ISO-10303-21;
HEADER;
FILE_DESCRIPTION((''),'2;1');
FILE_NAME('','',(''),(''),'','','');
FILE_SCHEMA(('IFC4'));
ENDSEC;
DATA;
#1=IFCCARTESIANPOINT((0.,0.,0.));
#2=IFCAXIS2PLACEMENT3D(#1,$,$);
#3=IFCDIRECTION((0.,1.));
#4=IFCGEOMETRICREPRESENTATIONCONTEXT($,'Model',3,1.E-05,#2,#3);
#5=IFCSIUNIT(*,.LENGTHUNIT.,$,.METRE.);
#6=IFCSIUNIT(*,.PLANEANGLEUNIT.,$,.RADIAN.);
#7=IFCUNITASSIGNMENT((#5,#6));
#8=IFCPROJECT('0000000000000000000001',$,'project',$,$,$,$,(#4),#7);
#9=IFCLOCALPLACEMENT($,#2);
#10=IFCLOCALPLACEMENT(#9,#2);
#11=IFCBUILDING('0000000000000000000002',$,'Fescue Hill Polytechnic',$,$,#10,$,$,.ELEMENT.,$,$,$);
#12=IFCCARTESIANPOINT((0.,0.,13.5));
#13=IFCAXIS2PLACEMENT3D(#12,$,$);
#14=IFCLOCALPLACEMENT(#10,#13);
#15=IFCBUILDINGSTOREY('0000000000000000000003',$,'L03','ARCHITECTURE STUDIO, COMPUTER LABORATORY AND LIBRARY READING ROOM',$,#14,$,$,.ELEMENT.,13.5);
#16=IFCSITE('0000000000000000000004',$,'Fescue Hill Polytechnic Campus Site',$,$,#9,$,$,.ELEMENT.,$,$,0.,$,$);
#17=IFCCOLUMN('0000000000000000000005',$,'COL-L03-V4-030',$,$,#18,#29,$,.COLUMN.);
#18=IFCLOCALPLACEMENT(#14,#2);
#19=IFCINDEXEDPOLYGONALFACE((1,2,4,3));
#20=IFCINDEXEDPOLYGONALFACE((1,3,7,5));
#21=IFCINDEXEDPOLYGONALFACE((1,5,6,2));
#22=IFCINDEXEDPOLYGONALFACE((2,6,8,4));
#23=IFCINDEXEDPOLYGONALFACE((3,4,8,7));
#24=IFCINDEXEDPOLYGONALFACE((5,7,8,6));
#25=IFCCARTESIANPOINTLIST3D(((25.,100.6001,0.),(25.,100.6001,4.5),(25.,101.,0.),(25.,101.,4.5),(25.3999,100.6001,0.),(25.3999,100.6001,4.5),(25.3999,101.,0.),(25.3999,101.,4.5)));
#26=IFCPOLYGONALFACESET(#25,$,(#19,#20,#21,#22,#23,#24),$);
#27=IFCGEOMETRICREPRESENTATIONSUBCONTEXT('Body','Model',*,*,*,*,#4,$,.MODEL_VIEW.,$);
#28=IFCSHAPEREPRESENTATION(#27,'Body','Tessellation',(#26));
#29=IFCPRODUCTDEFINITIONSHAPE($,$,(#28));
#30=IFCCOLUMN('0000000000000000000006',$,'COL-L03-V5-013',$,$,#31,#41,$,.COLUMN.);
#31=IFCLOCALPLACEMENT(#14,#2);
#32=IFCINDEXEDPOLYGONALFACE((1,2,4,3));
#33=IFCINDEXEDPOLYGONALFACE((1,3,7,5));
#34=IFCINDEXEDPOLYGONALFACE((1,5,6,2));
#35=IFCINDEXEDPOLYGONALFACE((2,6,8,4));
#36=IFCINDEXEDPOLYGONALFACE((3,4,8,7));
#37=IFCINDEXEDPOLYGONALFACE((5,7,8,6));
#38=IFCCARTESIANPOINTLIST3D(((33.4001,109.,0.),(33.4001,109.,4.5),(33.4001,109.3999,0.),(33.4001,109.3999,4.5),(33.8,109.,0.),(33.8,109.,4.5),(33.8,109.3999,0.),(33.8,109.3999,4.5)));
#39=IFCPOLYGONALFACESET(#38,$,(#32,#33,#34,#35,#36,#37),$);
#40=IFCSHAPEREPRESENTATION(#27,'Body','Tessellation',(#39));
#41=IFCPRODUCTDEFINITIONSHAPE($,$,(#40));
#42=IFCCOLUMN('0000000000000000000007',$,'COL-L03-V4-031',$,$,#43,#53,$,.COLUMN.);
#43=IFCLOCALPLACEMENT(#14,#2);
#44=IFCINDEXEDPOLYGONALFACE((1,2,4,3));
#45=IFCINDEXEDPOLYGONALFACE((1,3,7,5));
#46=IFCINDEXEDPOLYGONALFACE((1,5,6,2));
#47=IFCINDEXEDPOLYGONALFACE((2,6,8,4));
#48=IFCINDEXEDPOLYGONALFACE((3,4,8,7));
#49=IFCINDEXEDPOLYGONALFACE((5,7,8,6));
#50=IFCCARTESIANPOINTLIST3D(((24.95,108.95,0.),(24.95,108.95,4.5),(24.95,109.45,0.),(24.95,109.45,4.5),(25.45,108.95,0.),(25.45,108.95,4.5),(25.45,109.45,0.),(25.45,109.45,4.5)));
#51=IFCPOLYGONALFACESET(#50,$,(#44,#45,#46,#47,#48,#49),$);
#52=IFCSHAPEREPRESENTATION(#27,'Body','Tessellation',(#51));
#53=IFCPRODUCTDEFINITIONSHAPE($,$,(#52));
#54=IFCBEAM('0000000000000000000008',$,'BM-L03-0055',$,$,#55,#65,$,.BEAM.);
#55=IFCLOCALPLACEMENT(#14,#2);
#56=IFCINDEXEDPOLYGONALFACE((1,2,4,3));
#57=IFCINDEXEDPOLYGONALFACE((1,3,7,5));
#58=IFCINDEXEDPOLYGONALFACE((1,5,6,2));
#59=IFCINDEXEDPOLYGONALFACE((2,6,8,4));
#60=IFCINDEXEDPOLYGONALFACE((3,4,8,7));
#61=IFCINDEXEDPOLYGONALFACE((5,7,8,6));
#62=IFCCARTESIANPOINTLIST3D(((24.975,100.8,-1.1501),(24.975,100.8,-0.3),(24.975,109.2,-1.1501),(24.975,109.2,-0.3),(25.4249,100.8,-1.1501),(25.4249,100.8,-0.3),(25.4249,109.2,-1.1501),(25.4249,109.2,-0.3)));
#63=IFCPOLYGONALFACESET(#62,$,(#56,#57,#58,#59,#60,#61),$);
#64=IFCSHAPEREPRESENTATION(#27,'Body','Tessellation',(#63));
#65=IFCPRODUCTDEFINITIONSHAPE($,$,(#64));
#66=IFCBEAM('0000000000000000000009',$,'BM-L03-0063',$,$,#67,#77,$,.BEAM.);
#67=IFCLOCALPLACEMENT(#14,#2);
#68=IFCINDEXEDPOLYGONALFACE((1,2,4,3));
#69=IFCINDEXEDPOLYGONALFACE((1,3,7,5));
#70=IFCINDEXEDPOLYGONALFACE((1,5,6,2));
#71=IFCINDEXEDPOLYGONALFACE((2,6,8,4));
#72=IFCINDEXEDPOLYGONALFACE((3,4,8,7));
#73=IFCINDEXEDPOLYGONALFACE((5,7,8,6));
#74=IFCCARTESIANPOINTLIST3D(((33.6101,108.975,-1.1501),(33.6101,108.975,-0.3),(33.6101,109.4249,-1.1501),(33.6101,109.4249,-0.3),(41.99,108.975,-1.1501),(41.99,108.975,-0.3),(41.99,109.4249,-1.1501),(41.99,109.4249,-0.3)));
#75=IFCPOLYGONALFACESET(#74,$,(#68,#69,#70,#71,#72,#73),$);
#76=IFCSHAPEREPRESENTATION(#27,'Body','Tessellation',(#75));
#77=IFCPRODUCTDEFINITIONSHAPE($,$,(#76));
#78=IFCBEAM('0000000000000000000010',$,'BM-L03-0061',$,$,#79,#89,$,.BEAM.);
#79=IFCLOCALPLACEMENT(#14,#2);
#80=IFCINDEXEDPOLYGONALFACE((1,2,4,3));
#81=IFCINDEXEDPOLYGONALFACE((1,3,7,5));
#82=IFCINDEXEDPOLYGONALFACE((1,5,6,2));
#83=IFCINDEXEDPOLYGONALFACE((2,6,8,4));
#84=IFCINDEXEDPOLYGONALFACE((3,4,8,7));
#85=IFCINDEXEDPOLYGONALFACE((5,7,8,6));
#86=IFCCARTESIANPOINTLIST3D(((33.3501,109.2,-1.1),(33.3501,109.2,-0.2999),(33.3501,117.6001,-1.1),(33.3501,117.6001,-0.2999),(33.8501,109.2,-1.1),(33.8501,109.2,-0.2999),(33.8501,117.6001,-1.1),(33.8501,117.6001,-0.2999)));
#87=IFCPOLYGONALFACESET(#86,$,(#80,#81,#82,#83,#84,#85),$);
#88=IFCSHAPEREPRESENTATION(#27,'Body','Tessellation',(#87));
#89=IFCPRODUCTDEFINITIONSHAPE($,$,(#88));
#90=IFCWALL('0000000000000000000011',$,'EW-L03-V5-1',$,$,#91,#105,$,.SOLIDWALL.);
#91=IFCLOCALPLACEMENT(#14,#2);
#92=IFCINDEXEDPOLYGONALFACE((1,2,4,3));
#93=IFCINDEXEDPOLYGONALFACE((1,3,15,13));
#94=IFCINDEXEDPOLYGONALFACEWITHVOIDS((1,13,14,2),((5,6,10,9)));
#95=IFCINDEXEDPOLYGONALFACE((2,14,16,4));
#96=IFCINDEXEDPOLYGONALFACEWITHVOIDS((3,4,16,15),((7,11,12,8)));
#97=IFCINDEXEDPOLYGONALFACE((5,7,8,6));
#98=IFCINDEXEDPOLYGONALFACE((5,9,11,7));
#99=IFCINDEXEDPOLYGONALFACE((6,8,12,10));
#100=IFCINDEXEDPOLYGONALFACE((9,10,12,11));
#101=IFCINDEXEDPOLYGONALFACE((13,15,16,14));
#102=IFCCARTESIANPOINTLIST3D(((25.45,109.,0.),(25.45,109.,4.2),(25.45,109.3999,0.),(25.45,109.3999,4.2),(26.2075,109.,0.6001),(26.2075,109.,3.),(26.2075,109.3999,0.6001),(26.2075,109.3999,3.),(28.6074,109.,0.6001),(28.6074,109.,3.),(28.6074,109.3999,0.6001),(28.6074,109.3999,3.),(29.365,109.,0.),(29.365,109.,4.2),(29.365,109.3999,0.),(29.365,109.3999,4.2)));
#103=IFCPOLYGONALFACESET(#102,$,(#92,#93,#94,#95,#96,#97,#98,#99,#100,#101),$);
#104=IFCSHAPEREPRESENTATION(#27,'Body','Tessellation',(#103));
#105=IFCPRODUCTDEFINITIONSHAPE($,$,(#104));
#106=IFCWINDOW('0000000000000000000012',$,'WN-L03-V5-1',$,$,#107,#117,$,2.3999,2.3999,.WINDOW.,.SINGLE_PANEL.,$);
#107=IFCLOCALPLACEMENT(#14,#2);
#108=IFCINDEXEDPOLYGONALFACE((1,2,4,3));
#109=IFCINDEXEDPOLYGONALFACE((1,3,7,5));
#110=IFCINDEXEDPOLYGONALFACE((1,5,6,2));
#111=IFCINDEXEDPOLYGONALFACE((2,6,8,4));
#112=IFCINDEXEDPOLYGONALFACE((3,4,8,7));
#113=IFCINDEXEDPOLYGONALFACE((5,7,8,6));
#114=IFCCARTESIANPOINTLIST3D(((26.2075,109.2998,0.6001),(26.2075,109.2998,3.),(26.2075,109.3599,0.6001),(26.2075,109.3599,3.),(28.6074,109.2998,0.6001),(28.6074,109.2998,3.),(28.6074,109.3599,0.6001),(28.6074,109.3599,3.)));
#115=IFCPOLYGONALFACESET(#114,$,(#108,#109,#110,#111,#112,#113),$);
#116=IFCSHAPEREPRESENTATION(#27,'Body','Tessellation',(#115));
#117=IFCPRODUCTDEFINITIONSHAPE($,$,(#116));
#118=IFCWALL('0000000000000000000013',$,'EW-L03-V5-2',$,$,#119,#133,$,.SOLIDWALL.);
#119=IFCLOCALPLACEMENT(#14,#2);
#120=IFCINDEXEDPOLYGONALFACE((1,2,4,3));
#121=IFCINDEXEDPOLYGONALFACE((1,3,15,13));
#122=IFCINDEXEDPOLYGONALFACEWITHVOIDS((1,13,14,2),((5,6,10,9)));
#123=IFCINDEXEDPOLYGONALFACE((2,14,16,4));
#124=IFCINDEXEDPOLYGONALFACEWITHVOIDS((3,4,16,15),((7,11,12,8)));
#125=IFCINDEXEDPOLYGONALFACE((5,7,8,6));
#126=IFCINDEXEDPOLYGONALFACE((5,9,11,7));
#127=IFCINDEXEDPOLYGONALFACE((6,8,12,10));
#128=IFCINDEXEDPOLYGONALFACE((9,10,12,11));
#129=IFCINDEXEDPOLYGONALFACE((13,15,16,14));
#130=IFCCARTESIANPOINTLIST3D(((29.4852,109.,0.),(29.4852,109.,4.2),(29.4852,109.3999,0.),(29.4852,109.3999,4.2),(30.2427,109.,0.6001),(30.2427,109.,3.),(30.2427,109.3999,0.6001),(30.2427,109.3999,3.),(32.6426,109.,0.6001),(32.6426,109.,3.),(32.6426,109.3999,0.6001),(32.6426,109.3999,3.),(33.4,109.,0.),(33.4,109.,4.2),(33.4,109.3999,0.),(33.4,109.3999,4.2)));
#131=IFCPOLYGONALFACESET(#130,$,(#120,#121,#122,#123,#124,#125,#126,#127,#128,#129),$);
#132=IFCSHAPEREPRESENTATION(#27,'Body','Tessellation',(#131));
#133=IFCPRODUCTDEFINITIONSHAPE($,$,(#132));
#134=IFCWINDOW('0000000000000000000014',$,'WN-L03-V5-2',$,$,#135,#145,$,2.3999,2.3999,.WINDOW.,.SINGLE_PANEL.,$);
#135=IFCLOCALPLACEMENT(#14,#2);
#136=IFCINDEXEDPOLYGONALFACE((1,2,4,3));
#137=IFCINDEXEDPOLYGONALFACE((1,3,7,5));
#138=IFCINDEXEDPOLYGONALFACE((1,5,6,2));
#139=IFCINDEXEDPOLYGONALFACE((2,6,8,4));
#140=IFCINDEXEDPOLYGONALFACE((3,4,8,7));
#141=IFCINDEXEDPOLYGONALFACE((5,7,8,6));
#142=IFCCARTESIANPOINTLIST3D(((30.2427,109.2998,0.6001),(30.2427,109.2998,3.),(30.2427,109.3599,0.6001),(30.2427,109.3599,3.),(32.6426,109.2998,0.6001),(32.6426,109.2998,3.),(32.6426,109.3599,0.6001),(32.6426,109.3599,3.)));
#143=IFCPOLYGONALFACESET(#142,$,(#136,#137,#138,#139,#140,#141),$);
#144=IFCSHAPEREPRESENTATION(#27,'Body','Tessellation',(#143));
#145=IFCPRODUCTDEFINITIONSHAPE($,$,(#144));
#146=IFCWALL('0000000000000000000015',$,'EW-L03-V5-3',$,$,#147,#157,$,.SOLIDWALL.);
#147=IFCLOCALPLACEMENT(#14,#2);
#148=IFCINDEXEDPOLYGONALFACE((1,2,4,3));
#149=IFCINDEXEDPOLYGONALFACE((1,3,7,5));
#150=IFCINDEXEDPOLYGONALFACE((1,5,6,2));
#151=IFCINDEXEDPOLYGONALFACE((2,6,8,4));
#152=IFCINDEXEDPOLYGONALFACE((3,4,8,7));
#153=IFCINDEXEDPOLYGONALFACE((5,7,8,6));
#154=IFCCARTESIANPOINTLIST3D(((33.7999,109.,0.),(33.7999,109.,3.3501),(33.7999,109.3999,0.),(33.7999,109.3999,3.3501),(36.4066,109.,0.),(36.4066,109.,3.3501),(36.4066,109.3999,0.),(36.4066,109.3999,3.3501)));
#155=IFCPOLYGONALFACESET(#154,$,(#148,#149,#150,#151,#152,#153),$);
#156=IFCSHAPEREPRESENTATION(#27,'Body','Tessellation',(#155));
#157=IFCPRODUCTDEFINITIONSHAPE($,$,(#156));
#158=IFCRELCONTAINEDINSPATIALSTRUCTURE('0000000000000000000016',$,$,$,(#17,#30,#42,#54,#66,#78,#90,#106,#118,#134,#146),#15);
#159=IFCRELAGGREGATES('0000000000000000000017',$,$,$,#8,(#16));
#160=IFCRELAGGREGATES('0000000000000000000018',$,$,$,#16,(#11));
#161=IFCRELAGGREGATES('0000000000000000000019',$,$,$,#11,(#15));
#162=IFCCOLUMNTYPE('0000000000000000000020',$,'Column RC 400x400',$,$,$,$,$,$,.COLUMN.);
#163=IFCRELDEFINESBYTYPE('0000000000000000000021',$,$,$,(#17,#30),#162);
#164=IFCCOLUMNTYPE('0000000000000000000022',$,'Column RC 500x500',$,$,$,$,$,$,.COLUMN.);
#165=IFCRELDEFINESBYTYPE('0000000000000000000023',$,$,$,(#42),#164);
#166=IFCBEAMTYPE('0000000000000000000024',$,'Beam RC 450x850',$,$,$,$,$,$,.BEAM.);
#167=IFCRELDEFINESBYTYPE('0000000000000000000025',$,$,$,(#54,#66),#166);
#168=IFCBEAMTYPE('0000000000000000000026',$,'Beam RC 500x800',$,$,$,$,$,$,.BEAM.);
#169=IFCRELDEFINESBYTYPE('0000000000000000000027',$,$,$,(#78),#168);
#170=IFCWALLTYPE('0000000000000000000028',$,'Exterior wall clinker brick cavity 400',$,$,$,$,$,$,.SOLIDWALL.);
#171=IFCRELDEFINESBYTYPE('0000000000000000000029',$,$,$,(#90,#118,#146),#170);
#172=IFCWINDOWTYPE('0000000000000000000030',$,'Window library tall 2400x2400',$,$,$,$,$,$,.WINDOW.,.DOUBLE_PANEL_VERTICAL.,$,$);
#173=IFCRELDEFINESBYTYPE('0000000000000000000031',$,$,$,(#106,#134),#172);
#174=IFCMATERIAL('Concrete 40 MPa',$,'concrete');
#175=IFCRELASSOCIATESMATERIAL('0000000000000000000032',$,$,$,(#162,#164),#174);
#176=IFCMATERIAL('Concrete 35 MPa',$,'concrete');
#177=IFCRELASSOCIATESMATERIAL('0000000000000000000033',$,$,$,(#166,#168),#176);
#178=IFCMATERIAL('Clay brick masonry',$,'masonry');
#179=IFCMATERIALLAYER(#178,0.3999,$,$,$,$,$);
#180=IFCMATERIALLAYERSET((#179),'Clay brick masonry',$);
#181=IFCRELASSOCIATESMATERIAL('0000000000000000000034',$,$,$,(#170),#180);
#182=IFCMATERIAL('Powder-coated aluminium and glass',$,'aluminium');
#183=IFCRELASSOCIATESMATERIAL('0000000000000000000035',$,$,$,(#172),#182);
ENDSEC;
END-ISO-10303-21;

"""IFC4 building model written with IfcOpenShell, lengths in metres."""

from ifc_helpers import new_model, si_unit, direction, frame, frame_2d, origin, origin_2d, place, context, subcontext, project, spatial, rectangle, extrude, material, layer, layer_set, material_profile, profile_set, type_object, element, fill, save


model = new_model("IFC4")

# Units and contexts
model_context = context("Model", 3, precision=1e-05, world=origin(), true_north=direction((0.0, 1.0)))
body_context = subcontext(model_context, "Body", "Model", "MODEL_VIEW")
ifc_project = project(units=[si_unit("LENGTHUNIT", "METRE"), si_unit("PLANEANGLEUNIT", "RADIAN")], contexts=[model_context])

# Site, building, storey
site_placement = place(None, origin())
site = spatial("IfcSite", under=ifc_project, at=site_placement, Name="Fescue Hill Polytechnic Campus Site", CompositionType="ELEMENT", RefElevation=0.0)
building_placement = place(site_placement, origin())
building = spatial("IfcBuilding", under=site, at=building_placement, Name="Fescue Hill Polytechnic", CompositionType="ELEMENT")
storey_placement = place(building_placement, frame((0.0, 0.0, 13.5)))
storey = spatial("IfcBuildingStorey", under=building, at=storey_placement, Name="L03", Description="ARCHITECTURE STUDIO, COMPUTER LABORATORY AND LIBRARY READING ROOM", CompositionType="ELEMENT", Elevation=13.5)

# Columns
ifc_material_1 = material(Name="Concrete 40 MPa", Category="concrete")
ifc_material_profile_1 = material_profile(ifc_material_1, rectangle(XDim=0.3999, YDim=0.3999, at=origin_2d()), Name="RC 400x400")
ifc_profile_set_1 = profile_set([ifc_material_profile_1], Name="Concrete 40 MPa")
column_type_1 = type_object("IfcColumnType", Name="Column RC 400x400", PredefinedType="COLUMN", material=ifc_profile_set_1)
for number, where, z_axis, x_axis, name in (
    (1, (25.2, 100.8, 0.0), (0.0, 0.0, 1.0), (1.0, 0.0, 0.0), "COL-L03-V4-030"),
    (2, (33.6001, 109.2, 0.0), (0.0, 0.0, 1.0), (1.0, 0.0, 0.0), "COL-L03-V5-013"),
):
    element("IfcColumn", number, at=place(storey_placement, frame(where, z_axis=z_axis, x_axis=x_axis)), inside=storey, type_object=column_type_1, Name=name, PredefinedType="COLUMN", context=body_context, shape_type="SweptSolid", body=[
        extrude(rectangle(XDim=0.3999, YDim=0.3999, at=origin_2d()), origin(), (0.0, 0.0, 1.0), 4.5),
    ])
ifc_material_profile_2 = material_profile(ifc_material_1, rectangle(XDim=0.5, YDim=0.5, at=origin_2d()), Name="RC 500x500")
ifc_profile_set_2 = profile_set([ifc_material_profile_2], Name="Concrete 40 MPa")
column_type_2 = type_object("IfcColumnType", Name="Column RC 500x500", PredefinedType="COLUMN", material=ifc_profile_set_2)
column_placement = place(storey_placement, frame((25.2, 109.2, 0.0), z_axis=(0.0, 0.0, 1.0), x_axis=(1.0, 0.0, 0.0)))
element("IfcColumn", 3, at=column_placement, inside=storey, type_object=column_type_2, Name="COL-L03-V4-031", PredefinedType="COLUMN", context=body_context, shape_type="SweptSolid", body=[
    extrude(rectangle(XDim=0.5, YDim=0.5, at=origin_2d()), origin(), (0.0, 0.0, 1.0), 4.5),
])

# Beams
ifc_material_2 = material(Name="Concrete 35 MPa", Category="concrete")
ifc_material_profile_3 = material_profile(ifc_material_2, rectangle(XDim=0.45, YDim=0.8501, at=origin_2d()), Name="RC 450x850")
ifc_profile_set_3 = profile_set([ifc_material_profile_3], Name="Concrete 35 MPa")
beam_type_1 = type_object("IfcBeamType", Name="Beam RC 450x850", PredefinedType="BEAM", material=ifc_profile_set_3)
beam_1_placement = place(storey_placement, frame((25.2, 100.8, -0.7251), z_axis=(0.0, 1.0, 0.0), x_axis=(-1.0, 0.0, 0.0)))
element("IfcBeam", 4, at=beam_1_placement, inside=storey, type_object=beam_type_1, Name="BM-L03-0055", PredefinedType="BEAM", context=body_context, shape_type="SweptSolid", body=[
    extrude(rectangle(XDim=0.45, YDim=0.8501, at=origin_2d()), origin(), (0.0, 0.0, 1.0), 8.3999),
])
beam_2_placement = place(storey_placement, frame((33.6101, 109.2, -0.7251), z_axis=(1.0, 0.0, 0.0), x_axis=(0.0, 1.0, 0.0)))
element("IfcBeam", 5, at=beam_2_placement, inside=storey, type_object=beam_type_1, Name="BM-L03-0063", PredefinedType="BEAM", context=body_context, shape_type="SweptSolid", body=[
    extrude(rectangle(XDim=0.45, YDim=0.8501, at=origin_2d()), origin(), (0.0, 0.0, 1.0), 8.3799),
])
ifc_material_profile_4 = material_profile(ifc_material_2, rectangle(XDim=0.5, YDim=0.8, at=origin_2d()), Name="RC 500x800")
ifc_profile_set_4 = profile_set([ifc_material_profile_4], Name="Concrete 35 MPa")
beam_type_2 = type_object("IfcBeamType", Name="Beam RC 500x800", PredefinedType="BEAM", material=ifc_profile_set_4)
beam_3_placement = place(storey_placement, frame((33.6001, 109.2, -0.7), z_axis=(0.0, 1.0, 0.0), x_axis=(-1.0, 0.0, 0.0)))
element("IfcBeam", 6, at=beam_3_placement, inside=storey, type_object=beam_type_2, Name="BM-L03-0061", PredefinedType="BEAM", context=body_context, shape_type="SweptSolid", body=[
    extrude(rectangle(XDim=0.5, YDim=0.8, at=origin_2d()), origin(), (0.0, 0.0, 1.0), 8.4001),
])

# Walls, openings, windows
ifc_material_3 = material(Name="Clay brick masonry", Category="masonry")
ifc_layer_1 = layer(ifc_material_3, 0.3999)
ifc_layer_set_1 = layer_set([ifc_layer_1], Name="Clay brick masonry")
wall_type_1 = type_object("IfcWallType", Name="Exterior wall clinker brick cavity 400", PredefinedType="SOLIDWALL", material=ifc_layer_set_1)
wall_1_placement = place(storey_placement, frame((25.45, 109.2, 0.0), z_axis=(0.0, 0.0, 1.0), x_axis=(1.0, 0.0, 0.0)))
wall_1 = element("IfcWall", 7, at=wall_1_placement, inside=storey, type_object=wall_type_1, Name="EW-L03-V5-1", PredefinedType="SOLIDWALL", context=body_context, shape_type="SweptSolid", body=[
    extrude(rectangle(XDim=3.915, YDim=0.3999, at=frame_2d((1.9575, 0.0))), origin(), (0.0, 0.0, 1.0), 4.2),
])
opening_1_placement = place(wall_1_placement, frame((0.7576, 0.0, 0.6001)))
opening_1 = element("IfcOpeningElement", 8, at=opening_1_placement, cuts=wall_1, PredefinedType="OPENING", context=body_context, shape_type="SweptSolid", body=[
    extrude(rectangle(XDim=2.3999, YDim=2.3999, at=frame_2d((1.2, 1.2))), frame((0.0, 0.21, 0.0), z_axis=(0.0, -1.0, 0.0), x_axis=(1.0, 0.0, 0.0)), (0.0, 0.0, 1.0), 0.4199),
])
ifc_material_4 = material(Name="Powder-coated aluminium and glass", Category="aluminium")
window_type_1 = type_object("IfcWindowType", Name="Window library tall 2400x2400", PartitioningType="DOUBLE_PANEL_VERTICAL", PredefinedType="WINDOW", material=ifc_material_4)
window_1_placement = place(opening_1_placement, origin())
window_1 = element("IfcWindow", 9, at=window_1_placement, inside=storey, type_object=window_type_1, Name="WN-L03-V5-1", OverallHeight=2.3999, OverallWidth=2.3999, PartitioningType="SINGLE_PANEL", PredefinedType="WINDOW", context=body_context, shape_type="SweptSolid", body=[
    extrude(rectangle(XDim=2.3999, YDim=2.3999, at=frame_2d((1.2, 1.2))), frame((0.0, 0.1599, 0.0), z_axis=(0.0, -1.0, 0.0), x_axis=(1.0, 0.0, 0.0)), (0.0, 0.0, 1.0), 0.0601),
])
fill(opening_1, window_1)
wall_2_placement = place(storey_placement, frame((29.4851, 109.2, 0.0), z_axis=(0.0, 0.0, 1.0), x_axis=(1.0, 0.0, 0.0)))
wall_2 = element("IfcWall", 10, at=wall_2_placement, inside=storey, type_object=wall_type_1, Name="EW-L03-V5-2", PredefinedType="SOLIDWALL", context=body_context, shape_type="SweptSolid", body=[
    extrude(rectangle(XDim=3.9148, YDim=0.3999, at=frame_2d((1.9575, 0.0))), origin(), (0.0, 0.0, 1.0), 4.2),
])
opening_2_placement = place(wall_2_placement, frame((0.7576, 0.0, 0.6001)))
opening_2 = element("IfcOpeningElement", 11, at=opening_2_placement, cuts=wall_2, PredefinedType="OPENING", context=body_context, shape_type="SweptSolid", body=[
    extrude(rectangle(XDim=2.3999, YDim=2.3999, at=frame_2d((1.2, 1.2))), frame((0.0, 0.21, 0.0), z_axis=(0.0, -1.0, 0.0), x_axis=(1.0, 0.0, 0.0)), (0.0, 0.0, 1.0), 0.4199),
])
window_2_placement = place(opening_2_placement, origin())
window_2 = element("IfcWindow", 12, at=window_2_placement, inside=storey, type_object=window_type_1, Name="WN-L03-V5-2", OverallHeight=2.3999, OverallWidth=2.3999, PartitioningType="SINGLE_PANEL", PredefinedType="WINDOW", context=body_context, shape_type="SweptSolid", body=[
    extrude(rectangle(XDim=2.3999, YDim=2.3999, at=frame_2d((1.2, 1.2))), frame((0.0, 0.1599, 0.0), z_axis=(0.0, -1.0, 0.0), x_axis=(1.0, 0.0, 0.0)), (0.0, 0.0, 1.0), 0.0601),
])
fill(opening_2, window_2)

# Wall
wall_3_placement = place(storey_placement, frame((33.8, 109.2, 0.0), z_axis=(0.0, 0.0, 1.0), x_axis=(1.0, 0.0, 0.0)))
element("IfcWall", 13, at=wall_3_placement, inside=storey, type_object=wall_type_1, Name="EW-L03-V5-3", PredefinedType="SOLIDWALL", context=body_context, shape_type="SweptSolid", body=[
    extrude(rectangle(XDim=2.6067, YDim=0.3999, at=frame_2d((1.3032, 0.0))), origin(), (0.0, 0.0, 1.0), 3.3501),
])

save(model, "model.ifc")
